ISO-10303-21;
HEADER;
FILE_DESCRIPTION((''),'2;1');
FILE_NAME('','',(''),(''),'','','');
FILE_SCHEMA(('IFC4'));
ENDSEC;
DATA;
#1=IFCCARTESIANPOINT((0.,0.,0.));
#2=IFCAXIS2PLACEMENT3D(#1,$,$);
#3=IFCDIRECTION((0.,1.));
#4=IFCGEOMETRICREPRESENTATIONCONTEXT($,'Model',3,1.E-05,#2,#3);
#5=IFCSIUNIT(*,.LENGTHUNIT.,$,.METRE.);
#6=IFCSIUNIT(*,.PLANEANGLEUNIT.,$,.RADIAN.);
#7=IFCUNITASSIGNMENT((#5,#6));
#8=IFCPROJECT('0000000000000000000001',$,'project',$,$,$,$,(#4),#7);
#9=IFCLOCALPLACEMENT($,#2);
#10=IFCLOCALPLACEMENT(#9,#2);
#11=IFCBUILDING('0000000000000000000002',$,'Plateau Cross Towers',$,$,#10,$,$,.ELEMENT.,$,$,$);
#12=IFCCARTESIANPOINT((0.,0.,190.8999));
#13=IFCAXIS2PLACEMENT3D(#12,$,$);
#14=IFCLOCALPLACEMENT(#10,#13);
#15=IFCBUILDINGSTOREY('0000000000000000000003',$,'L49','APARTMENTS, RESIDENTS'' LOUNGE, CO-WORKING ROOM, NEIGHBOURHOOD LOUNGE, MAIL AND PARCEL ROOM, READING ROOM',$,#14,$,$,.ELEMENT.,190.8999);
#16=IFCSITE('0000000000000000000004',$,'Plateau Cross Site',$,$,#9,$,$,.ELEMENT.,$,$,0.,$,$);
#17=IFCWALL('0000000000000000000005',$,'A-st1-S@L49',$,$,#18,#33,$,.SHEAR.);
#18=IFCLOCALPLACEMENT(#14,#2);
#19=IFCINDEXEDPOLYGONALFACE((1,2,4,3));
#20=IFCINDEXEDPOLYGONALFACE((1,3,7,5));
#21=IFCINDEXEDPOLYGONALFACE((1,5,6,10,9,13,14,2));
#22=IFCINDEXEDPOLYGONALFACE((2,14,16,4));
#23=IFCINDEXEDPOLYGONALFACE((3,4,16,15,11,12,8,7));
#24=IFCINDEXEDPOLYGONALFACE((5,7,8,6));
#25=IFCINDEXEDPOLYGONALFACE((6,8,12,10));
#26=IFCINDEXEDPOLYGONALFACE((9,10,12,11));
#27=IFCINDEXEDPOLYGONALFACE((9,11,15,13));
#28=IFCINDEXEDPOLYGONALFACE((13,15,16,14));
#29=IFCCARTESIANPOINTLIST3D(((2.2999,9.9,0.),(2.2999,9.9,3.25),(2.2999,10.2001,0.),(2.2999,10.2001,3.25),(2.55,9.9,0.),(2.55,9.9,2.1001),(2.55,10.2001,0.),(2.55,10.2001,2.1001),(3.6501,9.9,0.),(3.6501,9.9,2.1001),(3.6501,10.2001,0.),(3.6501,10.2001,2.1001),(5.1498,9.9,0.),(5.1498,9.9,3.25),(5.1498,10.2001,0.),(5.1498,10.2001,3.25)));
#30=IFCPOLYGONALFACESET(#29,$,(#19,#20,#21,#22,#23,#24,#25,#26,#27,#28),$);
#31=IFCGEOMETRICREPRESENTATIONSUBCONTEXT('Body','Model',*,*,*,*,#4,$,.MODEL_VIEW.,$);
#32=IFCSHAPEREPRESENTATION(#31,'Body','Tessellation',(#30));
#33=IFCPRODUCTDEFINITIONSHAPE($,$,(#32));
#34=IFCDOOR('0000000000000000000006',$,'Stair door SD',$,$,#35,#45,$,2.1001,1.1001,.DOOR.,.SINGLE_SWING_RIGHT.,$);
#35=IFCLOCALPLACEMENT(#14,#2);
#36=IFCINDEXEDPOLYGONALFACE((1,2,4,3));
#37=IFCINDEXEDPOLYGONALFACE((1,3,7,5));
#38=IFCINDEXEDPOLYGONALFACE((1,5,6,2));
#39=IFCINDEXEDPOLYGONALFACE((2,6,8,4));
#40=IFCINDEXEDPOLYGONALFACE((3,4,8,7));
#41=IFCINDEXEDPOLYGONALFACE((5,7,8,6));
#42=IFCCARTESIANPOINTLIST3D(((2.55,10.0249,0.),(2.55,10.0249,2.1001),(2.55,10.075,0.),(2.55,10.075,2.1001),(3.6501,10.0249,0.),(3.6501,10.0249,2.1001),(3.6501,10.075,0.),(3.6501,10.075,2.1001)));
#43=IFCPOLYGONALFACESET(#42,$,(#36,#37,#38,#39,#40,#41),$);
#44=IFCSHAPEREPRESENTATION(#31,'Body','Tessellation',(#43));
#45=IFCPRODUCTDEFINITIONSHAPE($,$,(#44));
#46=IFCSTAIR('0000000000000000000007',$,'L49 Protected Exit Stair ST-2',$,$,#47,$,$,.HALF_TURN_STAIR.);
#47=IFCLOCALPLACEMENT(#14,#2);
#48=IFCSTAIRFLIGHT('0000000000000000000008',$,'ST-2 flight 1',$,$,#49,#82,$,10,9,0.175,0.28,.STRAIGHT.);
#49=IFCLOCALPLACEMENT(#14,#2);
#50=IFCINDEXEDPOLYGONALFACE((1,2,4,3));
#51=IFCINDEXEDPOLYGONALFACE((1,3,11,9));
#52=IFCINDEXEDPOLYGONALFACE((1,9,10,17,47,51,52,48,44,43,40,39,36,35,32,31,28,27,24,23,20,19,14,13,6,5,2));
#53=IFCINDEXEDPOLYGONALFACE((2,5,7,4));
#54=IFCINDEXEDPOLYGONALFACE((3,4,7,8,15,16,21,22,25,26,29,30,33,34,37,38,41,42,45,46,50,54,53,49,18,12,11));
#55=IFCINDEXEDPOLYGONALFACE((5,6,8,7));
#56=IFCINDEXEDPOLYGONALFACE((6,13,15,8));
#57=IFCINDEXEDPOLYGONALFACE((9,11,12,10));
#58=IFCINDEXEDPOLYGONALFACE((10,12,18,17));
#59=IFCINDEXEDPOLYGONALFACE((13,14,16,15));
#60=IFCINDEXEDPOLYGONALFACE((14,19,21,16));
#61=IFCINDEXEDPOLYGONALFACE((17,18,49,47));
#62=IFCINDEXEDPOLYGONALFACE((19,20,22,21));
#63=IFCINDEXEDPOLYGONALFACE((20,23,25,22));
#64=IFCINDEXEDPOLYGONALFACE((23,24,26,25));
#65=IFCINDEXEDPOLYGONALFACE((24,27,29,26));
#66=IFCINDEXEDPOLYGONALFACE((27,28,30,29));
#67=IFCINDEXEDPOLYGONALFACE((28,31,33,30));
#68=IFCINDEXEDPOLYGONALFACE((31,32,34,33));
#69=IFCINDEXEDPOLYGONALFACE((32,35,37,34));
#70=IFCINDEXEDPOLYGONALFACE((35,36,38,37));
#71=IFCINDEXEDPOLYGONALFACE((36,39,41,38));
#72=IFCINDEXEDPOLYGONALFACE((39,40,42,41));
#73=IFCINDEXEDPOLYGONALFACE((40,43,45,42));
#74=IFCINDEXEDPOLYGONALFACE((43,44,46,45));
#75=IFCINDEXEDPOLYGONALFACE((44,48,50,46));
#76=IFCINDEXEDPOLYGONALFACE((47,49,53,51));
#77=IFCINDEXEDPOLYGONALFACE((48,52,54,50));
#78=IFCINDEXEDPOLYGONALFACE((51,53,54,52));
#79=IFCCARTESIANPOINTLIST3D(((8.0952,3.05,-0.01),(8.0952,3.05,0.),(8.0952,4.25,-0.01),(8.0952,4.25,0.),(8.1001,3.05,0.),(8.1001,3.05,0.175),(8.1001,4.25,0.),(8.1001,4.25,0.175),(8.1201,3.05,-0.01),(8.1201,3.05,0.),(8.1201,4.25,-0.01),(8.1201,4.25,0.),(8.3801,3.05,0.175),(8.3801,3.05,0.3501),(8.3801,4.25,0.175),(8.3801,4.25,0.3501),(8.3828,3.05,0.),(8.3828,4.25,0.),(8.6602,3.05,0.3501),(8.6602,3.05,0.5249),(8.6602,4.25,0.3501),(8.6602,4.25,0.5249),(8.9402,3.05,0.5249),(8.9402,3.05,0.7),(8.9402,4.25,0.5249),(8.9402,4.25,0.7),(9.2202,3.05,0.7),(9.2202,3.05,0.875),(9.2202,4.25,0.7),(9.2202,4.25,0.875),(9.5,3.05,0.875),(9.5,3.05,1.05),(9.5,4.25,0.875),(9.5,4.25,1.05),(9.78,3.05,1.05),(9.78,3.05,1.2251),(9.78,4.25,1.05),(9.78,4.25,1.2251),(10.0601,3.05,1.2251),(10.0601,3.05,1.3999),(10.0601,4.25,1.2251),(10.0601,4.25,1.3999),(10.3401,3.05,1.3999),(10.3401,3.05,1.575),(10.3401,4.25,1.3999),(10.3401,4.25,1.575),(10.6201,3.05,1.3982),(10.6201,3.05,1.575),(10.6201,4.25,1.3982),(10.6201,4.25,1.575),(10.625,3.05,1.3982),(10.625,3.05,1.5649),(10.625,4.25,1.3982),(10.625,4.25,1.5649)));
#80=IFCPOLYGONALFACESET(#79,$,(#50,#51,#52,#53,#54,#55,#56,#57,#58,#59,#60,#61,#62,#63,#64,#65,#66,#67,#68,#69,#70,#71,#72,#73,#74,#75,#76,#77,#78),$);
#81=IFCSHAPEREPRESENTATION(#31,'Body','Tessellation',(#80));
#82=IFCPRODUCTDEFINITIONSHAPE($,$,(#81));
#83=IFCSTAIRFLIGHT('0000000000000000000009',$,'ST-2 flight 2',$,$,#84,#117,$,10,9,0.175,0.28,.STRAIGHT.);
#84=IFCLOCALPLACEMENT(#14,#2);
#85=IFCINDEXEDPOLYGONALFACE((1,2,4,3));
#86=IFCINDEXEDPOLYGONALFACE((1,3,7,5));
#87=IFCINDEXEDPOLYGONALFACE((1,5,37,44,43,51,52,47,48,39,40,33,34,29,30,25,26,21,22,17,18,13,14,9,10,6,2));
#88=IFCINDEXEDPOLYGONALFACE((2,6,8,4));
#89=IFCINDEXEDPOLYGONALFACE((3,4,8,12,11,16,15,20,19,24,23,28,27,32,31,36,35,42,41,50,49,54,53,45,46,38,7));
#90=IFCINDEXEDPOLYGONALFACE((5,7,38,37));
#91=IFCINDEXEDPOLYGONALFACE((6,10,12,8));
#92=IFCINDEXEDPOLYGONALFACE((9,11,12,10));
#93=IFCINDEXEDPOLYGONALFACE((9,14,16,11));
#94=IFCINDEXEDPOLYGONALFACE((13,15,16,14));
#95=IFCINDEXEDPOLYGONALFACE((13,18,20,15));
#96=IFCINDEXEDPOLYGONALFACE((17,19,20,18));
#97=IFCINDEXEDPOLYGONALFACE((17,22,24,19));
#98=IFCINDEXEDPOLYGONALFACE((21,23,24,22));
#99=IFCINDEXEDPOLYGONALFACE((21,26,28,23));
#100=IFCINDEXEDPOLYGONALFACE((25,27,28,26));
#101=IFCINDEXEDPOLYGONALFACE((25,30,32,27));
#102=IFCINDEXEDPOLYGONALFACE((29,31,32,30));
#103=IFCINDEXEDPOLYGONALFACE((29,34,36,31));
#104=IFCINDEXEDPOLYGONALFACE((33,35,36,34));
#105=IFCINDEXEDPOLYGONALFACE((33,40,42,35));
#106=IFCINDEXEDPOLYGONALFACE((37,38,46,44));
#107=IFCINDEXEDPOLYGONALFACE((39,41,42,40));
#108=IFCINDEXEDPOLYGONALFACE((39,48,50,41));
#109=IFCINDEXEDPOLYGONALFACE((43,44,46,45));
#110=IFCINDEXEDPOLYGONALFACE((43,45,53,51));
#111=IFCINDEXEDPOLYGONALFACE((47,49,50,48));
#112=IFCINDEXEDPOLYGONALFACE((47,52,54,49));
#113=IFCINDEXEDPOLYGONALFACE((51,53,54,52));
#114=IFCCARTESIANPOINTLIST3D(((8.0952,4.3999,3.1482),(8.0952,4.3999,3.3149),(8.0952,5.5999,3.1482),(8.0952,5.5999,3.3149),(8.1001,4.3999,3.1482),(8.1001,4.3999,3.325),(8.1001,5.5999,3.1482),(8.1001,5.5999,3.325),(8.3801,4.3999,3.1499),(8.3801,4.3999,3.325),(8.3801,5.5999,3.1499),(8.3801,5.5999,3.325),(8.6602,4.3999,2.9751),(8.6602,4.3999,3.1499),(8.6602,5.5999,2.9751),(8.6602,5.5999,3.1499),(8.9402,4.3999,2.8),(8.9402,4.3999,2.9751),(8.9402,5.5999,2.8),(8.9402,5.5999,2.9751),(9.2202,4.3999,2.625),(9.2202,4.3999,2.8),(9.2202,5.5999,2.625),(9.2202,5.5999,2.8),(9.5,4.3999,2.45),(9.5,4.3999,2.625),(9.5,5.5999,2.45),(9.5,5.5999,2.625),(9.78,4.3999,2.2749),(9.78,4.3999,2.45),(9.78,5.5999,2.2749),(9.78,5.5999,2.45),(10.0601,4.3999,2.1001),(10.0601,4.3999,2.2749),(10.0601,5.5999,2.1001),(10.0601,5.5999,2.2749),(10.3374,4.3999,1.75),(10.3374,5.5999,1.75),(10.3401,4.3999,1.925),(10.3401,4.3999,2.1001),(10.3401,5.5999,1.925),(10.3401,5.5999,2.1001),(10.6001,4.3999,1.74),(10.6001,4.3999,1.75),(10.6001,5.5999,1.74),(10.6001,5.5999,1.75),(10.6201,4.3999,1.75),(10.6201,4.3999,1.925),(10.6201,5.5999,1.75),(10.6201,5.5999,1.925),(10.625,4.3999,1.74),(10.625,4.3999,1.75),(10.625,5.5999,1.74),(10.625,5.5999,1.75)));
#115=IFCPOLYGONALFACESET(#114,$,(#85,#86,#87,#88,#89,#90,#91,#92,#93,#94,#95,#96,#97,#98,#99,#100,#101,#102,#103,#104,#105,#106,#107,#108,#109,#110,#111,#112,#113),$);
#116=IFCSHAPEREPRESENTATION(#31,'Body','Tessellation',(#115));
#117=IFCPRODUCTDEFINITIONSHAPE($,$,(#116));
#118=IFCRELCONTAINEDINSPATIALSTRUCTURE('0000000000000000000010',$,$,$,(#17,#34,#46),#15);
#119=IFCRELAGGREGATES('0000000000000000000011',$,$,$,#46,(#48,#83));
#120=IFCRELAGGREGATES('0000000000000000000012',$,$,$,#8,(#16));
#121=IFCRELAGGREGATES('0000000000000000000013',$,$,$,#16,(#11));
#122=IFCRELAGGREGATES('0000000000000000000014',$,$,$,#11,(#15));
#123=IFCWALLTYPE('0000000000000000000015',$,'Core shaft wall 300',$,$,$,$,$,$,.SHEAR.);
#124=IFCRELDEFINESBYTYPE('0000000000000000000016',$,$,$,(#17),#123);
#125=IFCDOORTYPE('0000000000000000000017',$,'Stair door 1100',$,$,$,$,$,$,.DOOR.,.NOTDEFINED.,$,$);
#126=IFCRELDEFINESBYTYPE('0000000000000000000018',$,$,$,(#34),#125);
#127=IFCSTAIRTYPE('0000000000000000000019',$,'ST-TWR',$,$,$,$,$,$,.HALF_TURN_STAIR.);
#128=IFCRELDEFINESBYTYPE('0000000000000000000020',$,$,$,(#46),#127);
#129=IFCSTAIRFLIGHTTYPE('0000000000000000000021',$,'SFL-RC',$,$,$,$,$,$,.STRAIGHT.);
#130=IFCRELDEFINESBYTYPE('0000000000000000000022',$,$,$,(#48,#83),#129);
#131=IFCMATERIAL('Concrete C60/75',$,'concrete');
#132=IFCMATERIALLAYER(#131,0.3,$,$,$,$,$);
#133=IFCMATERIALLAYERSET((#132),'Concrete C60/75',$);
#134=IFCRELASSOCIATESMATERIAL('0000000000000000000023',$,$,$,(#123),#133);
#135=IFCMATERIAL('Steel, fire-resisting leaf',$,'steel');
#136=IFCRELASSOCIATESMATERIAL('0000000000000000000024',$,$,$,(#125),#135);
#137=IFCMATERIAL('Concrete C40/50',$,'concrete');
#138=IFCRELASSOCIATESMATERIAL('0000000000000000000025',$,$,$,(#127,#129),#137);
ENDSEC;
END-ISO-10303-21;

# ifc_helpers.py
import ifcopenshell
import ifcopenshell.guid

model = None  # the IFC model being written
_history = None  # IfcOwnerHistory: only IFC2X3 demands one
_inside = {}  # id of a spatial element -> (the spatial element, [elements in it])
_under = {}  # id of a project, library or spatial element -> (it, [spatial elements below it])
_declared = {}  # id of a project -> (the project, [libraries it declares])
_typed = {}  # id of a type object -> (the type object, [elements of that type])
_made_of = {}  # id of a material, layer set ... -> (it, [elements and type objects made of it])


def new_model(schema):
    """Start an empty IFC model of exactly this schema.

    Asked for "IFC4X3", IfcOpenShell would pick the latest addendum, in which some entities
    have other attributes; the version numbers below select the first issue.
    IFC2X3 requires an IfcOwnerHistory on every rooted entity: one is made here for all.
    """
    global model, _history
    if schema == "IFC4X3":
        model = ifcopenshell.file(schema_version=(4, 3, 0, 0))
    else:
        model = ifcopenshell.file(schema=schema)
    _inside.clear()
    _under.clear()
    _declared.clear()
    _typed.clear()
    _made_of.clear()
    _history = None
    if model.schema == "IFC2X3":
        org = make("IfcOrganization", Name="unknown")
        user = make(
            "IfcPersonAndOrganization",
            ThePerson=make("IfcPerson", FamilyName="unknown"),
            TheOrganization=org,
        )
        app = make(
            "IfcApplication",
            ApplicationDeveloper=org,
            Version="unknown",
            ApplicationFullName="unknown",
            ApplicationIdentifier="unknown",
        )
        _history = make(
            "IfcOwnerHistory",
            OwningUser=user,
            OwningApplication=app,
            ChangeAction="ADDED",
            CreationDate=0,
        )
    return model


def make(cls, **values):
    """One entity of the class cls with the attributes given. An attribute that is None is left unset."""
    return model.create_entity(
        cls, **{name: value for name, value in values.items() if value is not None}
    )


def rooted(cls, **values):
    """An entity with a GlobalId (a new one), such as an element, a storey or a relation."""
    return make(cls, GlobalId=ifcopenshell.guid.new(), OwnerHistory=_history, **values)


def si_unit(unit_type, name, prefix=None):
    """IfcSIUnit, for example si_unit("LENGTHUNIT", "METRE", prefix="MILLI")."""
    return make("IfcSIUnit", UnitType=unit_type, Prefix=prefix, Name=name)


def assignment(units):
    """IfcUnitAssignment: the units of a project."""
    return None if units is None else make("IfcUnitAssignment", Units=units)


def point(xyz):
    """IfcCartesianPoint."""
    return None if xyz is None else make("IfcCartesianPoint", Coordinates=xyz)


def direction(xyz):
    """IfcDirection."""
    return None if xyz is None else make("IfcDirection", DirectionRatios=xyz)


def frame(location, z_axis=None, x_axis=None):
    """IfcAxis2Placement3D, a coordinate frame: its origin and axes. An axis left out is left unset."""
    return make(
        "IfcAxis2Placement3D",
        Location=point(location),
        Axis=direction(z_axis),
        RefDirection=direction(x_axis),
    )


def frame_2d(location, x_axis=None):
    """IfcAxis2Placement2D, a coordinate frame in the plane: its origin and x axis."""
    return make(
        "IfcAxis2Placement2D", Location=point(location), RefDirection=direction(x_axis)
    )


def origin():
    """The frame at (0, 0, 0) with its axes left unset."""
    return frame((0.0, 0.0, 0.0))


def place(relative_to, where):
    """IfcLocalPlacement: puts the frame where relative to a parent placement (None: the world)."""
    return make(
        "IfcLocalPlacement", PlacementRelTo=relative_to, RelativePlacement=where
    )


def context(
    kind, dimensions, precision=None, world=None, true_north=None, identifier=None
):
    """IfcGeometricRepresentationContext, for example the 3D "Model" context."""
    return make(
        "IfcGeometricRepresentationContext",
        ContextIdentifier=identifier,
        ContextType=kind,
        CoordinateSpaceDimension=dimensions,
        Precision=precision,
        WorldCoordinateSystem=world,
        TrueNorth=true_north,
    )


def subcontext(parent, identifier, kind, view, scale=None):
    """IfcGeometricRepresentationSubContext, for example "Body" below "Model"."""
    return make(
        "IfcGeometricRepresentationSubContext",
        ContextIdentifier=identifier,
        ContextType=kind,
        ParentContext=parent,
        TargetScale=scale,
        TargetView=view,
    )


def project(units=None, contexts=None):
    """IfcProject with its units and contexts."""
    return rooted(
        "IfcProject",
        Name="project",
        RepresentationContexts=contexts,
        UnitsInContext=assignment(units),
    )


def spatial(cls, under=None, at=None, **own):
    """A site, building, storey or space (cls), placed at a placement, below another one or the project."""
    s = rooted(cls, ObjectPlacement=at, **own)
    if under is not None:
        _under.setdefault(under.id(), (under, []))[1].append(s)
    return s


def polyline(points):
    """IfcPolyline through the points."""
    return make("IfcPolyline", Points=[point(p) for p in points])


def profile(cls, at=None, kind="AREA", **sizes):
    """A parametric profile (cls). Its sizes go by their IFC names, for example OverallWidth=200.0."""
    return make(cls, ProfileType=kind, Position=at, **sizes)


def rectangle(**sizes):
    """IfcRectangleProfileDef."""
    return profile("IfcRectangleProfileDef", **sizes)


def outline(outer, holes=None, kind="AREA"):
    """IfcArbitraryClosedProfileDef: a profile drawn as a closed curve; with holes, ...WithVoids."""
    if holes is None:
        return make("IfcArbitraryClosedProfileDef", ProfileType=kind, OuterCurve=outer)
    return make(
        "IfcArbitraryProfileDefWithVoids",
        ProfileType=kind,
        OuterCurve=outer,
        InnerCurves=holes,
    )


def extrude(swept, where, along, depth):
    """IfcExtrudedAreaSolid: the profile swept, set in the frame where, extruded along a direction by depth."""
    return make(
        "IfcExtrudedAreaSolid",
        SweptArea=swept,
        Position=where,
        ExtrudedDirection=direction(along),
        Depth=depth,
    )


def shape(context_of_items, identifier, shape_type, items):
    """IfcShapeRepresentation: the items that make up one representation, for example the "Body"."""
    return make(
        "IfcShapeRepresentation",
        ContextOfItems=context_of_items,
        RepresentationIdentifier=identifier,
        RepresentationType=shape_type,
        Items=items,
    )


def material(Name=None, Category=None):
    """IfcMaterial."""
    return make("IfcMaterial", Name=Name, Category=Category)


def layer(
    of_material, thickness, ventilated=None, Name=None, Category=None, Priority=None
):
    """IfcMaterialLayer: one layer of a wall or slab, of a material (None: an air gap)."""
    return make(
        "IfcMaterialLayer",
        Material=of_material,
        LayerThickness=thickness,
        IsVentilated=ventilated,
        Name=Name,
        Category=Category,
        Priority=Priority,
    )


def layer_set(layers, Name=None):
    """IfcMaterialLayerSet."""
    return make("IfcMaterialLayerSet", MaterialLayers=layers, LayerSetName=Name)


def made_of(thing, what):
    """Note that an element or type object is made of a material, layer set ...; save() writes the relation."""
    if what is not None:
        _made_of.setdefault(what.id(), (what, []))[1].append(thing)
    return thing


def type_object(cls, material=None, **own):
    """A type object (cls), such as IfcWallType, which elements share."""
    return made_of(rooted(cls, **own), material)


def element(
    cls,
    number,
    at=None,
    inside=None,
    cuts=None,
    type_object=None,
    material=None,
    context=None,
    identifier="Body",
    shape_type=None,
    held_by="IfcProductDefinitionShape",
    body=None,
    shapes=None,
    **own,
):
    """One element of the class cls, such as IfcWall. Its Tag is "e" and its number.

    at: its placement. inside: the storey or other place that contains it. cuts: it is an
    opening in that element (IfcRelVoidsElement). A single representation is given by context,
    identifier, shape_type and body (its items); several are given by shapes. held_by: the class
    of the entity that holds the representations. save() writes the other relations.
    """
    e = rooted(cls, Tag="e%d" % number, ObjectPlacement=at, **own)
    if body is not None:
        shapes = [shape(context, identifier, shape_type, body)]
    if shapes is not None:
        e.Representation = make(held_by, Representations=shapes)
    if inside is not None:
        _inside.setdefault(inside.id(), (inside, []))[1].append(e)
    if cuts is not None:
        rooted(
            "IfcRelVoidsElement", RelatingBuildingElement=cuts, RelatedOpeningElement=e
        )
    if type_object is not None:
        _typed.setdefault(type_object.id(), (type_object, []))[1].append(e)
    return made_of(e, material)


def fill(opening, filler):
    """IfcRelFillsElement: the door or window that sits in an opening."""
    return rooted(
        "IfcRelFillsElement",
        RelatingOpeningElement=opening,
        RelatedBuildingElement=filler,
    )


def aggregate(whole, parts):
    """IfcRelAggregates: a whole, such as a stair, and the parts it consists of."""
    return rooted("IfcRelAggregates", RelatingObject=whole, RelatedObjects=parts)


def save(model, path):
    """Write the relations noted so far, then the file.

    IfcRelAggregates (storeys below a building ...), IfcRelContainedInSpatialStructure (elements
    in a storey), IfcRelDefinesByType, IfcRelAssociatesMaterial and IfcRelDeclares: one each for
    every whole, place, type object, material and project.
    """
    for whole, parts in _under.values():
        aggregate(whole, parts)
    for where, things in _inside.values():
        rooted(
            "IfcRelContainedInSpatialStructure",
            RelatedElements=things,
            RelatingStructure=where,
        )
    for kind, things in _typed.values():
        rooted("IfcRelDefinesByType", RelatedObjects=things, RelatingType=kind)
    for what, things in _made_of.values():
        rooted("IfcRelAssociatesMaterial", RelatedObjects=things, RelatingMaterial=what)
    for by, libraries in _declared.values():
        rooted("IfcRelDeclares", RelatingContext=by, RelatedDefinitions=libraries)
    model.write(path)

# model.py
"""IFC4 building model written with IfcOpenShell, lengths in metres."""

from ifc_helpers import new_model, si_unit, direction, frame, frame_2d, origin, place, context, subcontext, project, spatial, polyline, rectangle, outline, extrude, material, layer, layer_set, type_object, element, fill, aggregate, save


model = new_model("IFC4")

# Units and contexts
model_context = context("Model", 3, precision=1e-05, world=origin(), true_north=direction((0.0, 1.0)))
body_context = subcontext(model_context, "Body", "Model", "MODEL_VIEW")
ifc_project = project(units=[si_unit("LENGTHUNIT", "METRE"), si_unit("PLANEANGLEUNIT", "RADIAN")], contexts=[model_context])

# Site, building, storey
site_placement = place(None, origin())
site = spatial("IfcSite", under=ifc_project, at=site_placement, Name="Plateau Cross Site", CompositionType="ELEMENT", RefElevation=0.0)
building_placement = place(site_placement, origin())
building = spatial("IfcBuilding", under=site, at=building_placement, Name="Plateau Cross Towers", CompositionType="ELEMENT")
storey_placement = place(building_placement, frame((0.0, 0.0, 190.8999)))
storey = spatial("IfcBuildingStorey", under=building, at=storey_placement, Name="L49", Description="APARTMENTS, RESIDENTS' LOUNGE, CO-WORKING ROOM, NEIGHBOURHOOD LOUNGE, MAIL AND PARCEL ROOM, READING ROOM", CompositionType="ELEMENT", Elevation=190.8999)

# Shared definitions
ifc_material_1 = material(Name="Steel, fire-resisting leaf", Category="steel")

# Shared definitions
ifc_material_2 = material(Name="Concrete C60/75", Category="concrete")
ifc_layer_1 = layer(ifc_material_2, 0.3)
ifc_layer_set_1 = layer_set([ifc_layer_1], Name="Concrete C60/75")
wall_type_1 = type_object("IfcWallType", Name="Core shaft wall 300", PredefinedType="SHEAR", material=ifc_layer_set_1)

# Shared definitions
door_type_1 = type_object("IfcDoorType", Name="Stair door 1100", OperationType="NOTDEFINED", PredefinedType="DOOR", material=ifc_material_1)

# Wall, opening, door
wall_1_placement = place(storey_placement, frame((2.3, 10.05, 0.0), z_axis=(0.0, 0.0, 1.0), x_axis=(1.0, 0.0, 0.0)))
wall_1 = element("IfcWall", 1, at=wall_1_placement, inside=storey, type_object=wall_type_1, Name="A-st1-S@L49", PredefinedType="SHEAR", context=body_context, shape_type="SweptSolid", body=[
    extrude(rectangle(XDim=2.8499, YDim=0.3, at=frame_2d((1.4248, 0.0))), origin(), (0.0, 0.0, 1.0), 3.25),
])
opening_1_placement = place(wall_1_placement, frame((0.25, 0.0, 0.0)))
opening_1 = element("IfcOpeningElement", 2, at=opening_1_placement, cuts=wall_1, PredefinedType="OPENING", context=body_context, shape_type="SweptSolid", body=[
    extrude(rectangle(XDim=1.1001, YDim=2.1001, at=frame_2d((0.55, 1.05))), frame((0.0, 0.1599, 0.0), z_axis=(0.0, -1.0, 0.0), x_axis=(1.0, 0.0, 0.0)), (0.0, 0.0, 1.0), 0.3201),
])
door_1_placement = place(opening_1_placement, origin())
door_1 = element("IfcDoor", 3, at=door_1_placement, inside=storey, type_object=door_type_1, Name="Stair door SD", OperationType="SINGLE_SWING_RIGHT", OverallHeight=2.1001, OverallWidth=1.1001, PredefinedType="DOOR", context=body_context, shape_type="SweptSolid", body=[
    extrude(rectangle(XDim=1.1001, YDim=2.1001, at=frame_2d((0.55, 1.05))), frame((0.0, 0.0249, 0.0), z_axis=(0.0, -1.0, 0.0), x_axis=(1.0, 0.0, 0.0)), (0.0, 0.0, 1.0), 0.05),
])
fill(opening_1, door_1)

# Stair, stair flights
ifc_material_3 = material(Name="Concrete C40/50", Category="concrete")
stair_type = type_object("IfcStairType", Name="ST-TWR", PredefinedType="HALF_TURN_STAIR", material=ifc_material_3)
stair_placement = place(storey_placement, origin())
stair = element("IfcStair", 4, at=stair_placement, inside=storey, type_object=stair_type, Name="L49 Protected Exit Stair ST-2", PredefinedType="HALF_TURN_STAIR")
stair_flight_type = type_object("IfcStairFlightType", Name="SFL-RC", PredefinedType="STRAIGHT", material=ifc_material_3)
stair_flight_1_placement = place(storey_placement, frame((8.1001, 3.6499, 0.0), z_axis=(0.0, 0.0, 1.0), x_axis=(1.0, 0.0, 0.0)))
stair_flight_1 = element("IfcStairFlight", 5, at=stair_flight_1_placement, type_object=stair_flight_type, Name="ST-2 flight 1", NumberOfRisers=10, NumberOfTreads=9, PredefinedType="STRAIGHT", RiserHeight=0.175, TreadLength=0.28, context=body_context, shape_type="SweptSolid", body=[
    extrude(outline(polyline([(-0.0049, -0.01), (-0.0049, 0.0), (0.0, 0.0), (0.0, 0.175), (0.28, 0.175), (0.28, 0.3501), (0.5601, 0.3501), (0.5601, 0.5249), (0.8401, 0.5249), (0.8401, 0.7), (1.1201, 0.7), (1.1201, 0.875), (1.3999, 0.875), (1.3999, 1.05), (1.6799, 1.05), (1.6799, 1.2251), (1.96, 1.2251), (1.96, 1.3999), (2.24, 1.3999), (2.24, 1.575), (2.52, 1.575), (2.5249, 1.5649), (2.5249, 1.3982), (2.52, 1.3982), (0.2827, 0.0), (0.02, 0.0), (0.02, -0.01), (-0.0049, -0.01)])), frame((0.0, 0.6001, 0.0), z_axis=(0.0, -1.0, 0.0), x_axis=(1.0, 0.0, 0.0)), (0.0, 0.0, 1.0), 1.2),
])
stair_flight_2_placement = place(storey_placement, frame((10.6201, 5.0, 1.75), z_axis=(0.0, 0.0, 1.0), x_axis=(-1.0, 0.0, 0.0)))
stair_flight_2 = element("IfcStairFlight", 6, at=stair_flight_2_placement, type_object=stair_flight_type, Name="ST-2 flight 2", NumberOfRisers=10, NumberOfTreads=9, PredefinedType="STRAIGHT", RiserHeight=0.175, TreadLength=0.28, context=body_context, shape_type="SweptSolid", body=[
    extrude(outline(polyline([(-0.0049, -0.01), (-0.0049, 0.0), (0.0, 0.0), (0.0, 0.175), (0.28, 0.175), (0.28, 0.3501), (0.5601, 0.3501), (0.5601, 0.5249), (0.8401, 0.5249), (0.8401, 0.7), (1.1201, 0.7), (1.1201, 0.875), (1.3999, 0.875), (1.3999, 1.05), (1.6799, 1.05), (1.6799, 1.2251), (1.96, 1.2251), (1.96, 1.3999), (2.24, 1.3999), (2.24, 1.575), (2.52, 1.575), (2.5249, 1.5649), (2.5249, 1.3982), (2.52, 1.3982), (0.2827, 0.0), (0.02, 0.0), (0.02, -0.01), (-0.0049, -0.01)])), frame((0.0, 0.6001, 0.0), z_axis=(0.0, -1.0, 0.0), x_axis=(1.0, 0.0, 0.0)), (0.0, 0.0, 1.0), 1.2),
])
aggregate(stair, [stair_flight_1, stair_flight_2])

save(model, "model.ifc")
